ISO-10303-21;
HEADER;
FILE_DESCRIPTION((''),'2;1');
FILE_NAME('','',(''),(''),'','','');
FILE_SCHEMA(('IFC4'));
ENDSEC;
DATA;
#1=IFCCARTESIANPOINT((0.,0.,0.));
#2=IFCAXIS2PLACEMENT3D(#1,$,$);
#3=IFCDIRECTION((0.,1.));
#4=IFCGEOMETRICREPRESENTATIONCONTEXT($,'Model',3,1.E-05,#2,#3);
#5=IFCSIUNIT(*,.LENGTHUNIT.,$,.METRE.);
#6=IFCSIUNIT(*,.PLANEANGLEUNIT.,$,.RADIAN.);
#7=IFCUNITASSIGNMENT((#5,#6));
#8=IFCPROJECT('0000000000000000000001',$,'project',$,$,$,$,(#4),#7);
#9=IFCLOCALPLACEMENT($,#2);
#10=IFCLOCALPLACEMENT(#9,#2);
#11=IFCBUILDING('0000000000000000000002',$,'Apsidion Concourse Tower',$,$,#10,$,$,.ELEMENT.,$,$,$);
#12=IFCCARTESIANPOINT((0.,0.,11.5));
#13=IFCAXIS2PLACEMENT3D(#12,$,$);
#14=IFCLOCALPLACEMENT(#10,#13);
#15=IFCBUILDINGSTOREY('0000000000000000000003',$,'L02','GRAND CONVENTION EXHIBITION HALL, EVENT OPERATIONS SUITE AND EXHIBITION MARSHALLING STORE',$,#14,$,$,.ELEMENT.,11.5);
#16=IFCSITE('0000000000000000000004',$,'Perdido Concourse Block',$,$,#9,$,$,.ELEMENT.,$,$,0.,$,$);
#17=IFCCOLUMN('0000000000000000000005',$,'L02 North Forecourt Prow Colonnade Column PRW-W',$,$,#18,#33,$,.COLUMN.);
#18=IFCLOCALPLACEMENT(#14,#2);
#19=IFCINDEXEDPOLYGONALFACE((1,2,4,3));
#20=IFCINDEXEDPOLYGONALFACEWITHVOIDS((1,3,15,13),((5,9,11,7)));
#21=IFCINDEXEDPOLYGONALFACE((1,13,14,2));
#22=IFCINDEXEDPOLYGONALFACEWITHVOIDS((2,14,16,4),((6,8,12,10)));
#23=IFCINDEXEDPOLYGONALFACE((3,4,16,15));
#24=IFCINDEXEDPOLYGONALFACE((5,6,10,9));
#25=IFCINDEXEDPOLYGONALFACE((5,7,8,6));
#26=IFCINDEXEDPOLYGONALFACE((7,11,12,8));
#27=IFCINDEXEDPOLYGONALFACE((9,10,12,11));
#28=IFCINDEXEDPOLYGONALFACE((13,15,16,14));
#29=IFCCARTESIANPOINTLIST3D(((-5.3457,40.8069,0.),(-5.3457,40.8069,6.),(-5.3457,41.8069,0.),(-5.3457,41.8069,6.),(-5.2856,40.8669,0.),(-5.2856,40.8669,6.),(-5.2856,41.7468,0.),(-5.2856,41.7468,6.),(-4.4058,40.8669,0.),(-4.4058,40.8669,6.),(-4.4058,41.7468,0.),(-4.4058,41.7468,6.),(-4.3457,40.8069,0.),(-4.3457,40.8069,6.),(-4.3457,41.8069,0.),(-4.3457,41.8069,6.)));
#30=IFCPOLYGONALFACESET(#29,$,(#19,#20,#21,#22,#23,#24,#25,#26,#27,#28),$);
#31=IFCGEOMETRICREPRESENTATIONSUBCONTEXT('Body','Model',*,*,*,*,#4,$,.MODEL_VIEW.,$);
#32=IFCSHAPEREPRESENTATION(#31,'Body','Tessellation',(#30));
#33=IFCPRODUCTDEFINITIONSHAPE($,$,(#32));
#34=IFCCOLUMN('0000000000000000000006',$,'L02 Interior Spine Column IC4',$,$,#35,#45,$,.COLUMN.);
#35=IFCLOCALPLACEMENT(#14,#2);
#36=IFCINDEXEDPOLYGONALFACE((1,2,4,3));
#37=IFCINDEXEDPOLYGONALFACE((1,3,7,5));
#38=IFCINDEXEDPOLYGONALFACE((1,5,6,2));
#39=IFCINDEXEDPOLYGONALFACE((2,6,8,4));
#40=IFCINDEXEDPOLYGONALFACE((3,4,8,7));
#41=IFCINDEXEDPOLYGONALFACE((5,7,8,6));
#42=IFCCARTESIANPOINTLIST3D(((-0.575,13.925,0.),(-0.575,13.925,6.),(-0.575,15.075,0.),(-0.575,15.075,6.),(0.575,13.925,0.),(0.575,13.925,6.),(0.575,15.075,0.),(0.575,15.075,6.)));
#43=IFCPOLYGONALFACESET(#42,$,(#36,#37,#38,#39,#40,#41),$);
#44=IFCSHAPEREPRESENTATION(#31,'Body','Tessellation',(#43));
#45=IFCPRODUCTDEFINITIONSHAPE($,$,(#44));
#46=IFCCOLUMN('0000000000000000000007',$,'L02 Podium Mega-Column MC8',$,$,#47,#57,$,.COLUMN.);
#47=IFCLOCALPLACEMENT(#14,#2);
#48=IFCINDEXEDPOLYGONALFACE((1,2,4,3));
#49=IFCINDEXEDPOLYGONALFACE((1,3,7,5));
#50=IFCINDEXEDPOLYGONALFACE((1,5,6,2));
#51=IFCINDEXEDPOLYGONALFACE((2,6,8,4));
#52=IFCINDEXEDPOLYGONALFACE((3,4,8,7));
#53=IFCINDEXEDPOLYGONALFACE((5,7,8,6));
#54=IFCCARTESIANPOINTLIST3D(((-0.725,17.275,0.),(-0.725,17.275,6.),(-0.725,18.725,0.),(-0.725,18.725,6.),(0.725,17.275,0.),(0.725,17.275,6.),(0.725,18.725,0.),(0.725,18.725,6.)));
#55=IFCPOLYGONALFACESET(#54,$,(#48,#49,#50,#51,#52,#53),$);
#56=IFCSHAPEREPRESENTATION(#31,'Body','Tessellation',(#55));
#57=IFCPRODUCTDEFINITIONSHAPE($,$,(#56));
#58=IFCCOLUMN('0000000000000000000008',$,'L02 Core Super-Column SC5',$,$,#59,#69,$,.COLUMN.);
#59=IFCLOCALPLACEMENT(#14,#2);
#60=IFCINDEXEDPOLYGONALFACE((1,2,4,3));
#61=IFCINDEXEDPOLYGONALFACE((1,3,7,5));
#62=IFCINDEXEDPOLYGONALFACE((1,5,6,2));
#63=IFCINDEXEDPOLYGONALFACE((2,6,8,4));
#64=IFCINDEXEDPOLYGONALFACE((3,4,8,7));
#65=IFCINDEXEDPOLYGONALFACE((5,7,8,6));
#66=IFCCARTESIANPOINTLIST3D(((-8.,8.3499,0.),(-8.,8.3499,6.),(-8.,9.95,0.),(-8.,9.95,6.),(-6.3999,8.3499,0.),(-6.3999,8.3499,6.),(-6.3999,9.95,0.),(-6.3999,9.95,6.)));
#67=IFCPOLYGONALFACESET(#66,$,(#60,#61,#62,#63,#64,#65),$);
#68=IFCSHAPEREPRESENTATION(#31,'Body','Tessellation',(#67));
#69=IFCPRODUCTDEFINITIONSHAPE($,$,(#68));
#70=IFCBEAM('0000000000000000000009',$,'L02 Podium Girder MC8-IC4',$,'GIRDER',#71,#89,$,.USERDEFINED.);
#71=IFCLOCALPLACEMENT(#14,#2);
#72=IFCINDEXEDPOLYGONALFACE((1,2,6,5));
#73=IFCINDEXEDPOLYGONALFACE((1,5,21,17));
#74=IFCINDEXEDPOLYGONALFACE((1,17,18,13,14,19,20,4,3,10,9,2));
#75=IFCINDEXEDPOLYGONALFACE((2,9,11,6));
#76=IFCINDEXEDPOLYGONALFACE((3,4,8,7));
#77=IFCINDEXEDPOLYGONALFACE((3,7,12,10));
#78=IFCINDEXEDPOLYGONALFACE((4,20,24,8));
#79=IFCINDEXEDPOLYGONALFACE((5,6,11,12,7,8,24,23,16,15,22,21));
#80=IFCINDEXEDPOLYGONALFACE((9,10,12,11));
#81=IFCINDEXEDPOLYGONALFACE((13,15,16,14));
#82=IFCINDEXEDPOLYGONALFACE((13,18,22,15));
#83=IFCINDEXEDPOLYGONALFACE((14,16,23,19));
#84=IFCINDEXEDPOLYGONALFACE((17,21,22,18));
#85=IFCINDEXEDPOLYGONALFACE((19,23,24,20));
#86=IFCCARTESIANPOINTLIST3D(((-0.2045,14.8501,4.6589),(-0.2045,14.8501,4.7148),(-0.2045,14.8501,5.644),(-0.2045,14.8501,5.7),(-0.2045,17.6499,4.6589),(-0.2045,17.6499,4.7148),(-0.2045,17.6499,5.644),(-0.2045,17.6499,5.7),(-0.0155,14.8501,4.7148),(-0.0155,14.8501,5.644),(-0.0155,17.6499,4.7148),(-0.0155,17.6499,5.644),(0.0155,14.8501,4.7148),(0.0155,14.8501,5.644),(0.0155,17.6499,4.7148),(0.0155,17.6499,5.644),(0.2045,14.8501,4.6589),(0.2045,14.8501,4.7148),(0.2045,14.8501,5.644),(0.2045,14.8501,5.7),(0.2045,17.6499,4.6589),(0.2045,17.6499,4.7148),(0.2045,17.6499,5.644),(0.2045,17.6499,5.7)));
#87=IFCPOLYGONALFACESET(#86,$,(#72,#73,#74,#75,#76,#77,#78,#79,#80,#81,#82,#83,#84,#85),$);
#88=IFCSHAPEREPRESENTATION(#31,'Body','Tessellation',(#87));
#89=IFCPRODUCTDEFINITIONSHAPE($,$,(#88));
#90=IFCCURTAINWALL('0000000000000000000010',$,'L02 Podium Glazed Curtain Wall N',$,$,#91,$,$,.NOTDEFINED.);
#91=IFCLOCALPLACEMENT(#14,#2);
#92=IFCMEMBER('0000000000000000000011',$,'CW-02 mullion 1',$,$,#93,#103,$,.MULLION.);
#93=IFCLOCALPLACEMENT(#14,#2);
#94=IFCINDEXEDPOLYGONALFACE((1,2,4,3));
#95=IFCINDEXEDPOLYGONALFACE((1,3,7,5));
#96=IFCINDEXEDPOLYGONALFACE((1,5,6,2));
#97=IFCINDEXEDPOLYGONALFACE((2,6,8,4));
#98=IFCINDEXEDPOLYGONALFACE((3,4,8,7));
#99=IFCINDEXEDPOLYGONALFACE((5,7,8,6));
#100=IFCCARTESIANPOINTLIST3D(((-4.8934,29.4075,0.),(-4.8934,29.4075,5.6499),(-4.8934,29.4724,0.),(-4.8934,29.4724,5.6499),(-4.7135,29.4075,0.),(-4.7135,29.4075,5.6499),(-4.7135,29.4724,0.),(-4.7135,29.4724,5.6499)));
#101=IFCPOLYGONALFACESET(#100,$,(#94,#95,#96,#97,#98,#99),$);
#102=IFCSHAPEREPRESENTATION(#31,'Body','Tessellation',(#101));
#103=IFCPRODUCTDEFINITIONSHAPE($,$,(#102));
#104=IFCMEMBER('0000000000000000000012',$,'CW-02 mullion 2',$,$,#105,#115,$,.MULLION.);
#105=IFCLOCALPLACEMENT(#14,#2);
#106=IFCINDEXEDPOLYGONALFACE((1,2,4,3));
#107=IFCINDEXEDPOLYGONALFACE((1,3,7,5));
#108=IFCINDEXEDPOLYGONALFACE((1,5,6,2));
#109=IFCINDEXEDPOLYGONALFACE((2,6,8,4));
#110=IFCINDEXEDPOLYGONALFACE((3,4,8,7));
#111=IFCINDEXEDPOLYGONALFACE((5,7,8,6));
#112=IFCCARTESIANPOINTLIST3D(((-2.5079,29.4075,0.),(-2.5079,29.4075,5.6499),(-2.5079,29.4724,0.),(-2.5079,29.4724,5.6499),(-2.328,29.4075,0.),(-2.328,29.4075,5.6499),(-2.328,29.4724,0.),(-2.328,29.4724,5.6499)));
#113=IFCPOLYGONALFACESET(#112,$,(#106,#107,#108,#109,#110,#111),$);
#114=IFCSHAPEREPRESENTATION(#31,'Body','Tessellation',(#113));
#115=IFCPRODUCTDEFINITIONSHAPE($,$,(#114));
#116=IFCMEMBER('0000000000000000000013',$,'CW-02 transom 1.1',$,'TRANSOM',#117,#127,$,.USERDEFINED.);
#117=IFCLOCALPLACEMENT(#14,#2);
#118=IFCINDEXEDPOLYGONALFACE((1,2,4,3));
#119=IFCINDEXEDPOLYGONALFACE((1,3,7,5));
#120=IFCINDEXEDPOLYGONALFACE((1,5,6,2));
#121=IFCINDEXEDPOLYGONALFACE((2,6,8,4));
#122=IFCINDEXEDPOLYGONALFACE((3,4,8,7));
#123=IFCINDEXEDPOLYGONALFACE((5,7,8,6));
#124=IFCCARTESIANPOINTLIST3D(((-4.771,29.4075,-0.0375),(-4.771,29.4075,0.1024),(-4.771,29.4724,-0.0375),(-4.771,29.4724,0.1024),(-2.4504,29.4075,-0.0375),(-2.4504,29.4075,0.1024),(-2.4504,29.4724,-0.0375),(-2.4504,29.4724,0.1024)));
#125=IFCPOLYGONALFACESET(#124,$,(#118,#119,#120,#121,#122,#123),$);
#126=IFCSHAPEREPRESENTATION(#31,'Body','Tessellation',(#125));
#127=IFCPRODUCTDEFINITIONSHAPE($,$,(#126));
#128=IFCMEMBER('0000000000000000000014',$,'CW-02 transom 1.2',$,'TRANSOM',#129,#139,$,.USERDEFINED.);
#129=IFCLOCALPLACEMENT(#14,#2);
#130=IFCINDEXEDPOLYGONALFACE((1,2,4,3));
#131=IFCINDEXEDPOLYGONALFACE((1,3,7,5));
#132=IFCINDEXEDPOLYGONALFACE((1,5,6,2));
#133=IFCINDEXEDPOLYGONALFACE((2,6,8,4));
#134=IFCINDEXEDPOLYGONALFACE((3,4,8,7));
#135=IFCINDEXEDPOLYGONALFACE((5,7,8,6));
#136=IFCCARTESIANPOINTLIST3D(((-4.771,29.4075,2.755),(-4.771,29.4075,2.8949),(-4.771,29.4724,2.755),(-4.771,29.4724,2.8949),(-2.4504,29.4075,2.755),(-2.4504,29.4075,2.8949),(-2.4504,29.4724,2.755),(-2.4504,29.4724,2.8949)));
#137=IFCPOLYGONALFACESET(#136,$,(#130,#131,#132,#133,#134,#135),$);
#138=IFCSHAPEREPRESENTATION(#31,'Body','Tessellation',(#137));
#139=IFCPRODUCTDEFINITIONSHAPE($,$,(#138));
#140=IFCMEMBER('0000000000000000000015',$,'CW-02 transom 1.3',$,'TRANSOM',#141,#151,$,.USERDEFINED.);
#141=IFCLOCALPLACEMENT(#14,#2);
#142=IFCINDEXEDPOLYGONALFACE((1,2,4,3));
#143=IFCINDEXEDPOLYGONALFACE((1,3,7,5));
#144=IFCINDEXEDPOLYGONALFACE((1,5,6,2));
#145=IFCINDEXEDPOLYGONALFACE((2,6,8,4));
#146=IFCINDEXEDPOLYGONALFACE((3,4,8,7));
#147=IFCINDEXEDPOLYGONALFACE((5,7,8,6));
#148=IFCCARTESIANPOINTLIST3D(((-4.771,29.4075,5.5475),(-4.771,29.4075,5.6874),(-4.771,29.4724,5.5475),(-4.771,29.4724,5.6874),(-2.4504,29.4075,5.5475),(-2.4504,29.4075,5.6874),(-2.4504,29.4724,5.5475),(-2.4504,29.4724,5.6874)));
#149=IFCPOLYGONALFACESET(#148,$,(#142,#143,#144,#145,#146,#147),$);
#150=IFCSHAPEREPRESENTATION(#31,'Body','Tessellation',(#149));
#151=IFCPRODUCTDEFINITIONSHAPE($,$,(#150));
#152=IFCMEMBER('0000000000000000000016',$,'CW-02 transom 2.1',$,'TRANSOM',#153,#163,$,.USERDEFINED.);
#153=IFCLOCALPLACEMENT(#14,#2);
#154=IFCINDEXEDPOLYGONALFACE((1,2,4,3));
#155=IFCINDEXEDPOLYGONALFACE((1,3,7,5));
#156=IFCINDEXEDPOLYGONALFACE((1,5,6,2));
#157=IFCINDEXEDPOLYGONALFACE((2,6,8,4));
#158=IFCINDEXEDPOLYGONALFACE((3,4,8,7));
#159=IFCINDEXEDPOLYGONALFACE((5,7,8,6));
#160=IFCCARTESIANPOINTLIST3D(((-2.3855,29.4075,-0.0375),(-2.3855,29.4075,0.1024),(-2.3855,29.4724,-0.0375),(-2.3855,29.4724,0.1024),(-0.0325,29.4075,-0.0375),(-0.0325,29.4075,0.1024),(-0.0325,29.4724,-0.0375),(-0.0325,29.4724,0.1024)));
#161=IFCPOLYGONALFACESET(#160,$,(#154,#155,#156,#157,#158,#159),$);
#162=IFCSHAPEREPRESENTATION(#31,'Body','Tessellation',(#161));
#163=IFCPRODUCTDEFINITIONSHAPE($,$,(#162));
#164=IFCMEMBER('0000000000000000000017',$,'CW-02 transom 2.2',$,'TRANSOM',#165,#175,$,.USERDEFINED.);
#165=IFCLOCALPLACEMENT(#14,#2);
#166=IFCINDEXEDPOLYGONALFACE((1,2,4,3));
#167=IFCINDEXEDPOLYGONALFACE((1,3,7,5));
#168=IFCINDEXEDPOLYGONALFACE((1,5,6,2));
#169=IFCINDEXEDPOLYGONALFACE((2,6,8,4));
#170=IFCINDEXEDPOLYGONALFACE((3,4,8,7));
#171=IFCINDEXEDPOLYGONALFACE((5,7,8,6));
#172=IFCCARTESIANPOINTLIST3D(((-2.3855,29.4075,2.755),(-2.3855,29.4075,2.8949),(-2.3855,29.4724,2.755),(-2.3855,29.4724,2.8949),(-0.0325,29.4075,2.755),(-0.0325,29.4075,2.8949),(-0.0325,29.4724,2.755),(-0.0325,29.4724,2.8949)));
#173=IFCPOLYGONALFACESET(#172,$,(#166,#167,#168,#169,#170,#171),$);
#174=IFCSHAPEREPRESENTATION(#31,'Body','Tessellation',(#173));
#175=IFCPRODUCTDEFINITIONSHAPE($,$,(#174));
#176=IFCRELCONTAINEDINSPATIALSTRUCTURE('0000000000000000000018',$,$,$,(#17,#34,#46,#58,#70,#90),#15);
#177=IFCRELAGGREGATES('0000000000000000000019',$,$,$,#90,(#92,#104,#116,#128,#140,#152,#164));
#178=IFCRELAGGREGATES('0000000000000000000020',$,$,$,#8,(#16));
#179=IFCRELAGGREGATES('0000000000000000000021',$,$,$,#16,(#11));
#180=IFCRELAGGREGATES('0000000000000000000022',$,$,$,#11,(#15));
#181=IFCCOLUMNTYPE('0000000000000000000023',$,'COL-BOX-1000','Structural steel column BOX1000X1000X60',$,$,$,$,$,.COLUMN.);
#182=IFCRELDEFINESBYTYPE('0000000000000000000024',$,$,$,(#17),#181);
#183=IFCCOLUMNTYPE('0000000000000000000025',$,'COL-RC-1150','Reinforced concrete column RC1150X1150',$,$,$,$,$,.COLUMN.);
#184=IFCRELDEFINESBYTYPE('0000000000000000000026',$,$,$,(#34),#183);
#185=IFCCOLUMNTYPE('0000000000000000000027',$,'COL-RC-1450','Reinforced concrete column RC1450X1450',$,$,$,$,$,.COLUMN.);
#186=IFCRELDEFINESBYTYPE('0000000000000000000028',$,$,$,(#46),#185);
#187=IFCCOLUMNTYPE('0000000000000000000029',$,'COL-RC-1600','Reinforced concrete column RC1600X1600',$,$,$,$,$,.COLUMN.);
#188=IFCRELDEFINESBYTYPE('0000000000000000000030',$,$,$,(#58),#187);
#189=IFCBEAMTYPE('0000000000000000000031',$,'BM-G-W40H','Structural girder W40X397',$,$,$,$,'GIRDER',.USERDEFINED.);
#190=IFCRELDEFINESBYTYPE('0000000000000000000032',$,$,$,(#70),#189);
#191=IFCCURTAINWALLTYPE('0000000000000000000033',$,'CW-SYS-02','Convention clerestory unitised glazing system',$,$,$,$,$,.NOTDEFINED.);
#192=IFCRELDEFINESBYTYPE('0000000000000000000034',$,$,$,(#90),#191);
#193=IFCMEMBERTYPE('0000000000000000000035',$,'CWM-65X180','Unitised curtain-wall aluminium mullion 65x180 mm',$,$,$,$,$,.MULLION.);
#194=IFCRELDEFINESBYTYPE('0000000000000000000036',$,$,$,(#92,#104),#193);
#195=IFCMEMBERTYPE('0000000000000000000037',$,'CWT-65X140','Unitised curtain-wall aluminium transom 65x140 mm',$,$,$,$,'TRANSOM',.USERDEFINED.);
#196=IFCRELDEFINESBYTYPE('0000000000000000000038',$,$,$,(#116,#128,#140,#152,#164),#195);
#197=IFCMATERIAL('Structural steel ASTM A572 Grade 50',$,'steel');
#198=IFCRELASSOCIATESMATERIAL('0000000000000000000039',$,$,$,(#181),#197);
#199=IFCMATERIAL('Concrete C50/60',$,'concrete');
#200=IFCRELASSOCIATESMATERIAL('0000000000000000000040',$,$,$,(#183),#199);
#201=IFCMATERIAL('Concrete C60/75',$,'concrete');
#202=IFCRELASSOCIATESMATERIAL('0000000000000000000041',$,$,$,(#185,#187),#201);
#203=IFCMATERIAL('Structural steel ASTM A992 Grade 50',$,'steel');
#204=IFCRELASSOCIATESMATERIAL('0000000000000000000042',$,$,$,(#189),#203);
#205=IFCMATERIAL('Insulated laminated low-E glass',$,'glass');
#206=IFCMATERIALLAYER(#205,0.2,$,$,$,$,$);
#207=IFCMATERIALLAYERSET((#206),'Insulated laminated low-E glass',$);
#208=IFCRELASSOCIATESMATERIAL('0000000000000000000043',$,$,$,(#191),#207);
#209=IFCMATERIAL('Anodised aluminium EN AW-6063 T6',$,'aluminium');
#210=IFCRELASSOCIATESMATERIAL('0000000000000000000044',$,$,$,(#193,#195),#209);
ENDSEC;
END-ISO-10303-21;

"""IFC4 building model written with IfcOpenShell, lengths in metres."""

from ifc_helpers import new_model, si_unit, direction, frame, origin, origin_2d, place, context, subcontext, project, spatial, rectangle, hollow_rectangle, i_section, extrude, material, layer, layer_set, material_profile, profile_set, type_object, element, aggregate, save


model = new_model("IFC4")

# Units and contexts
model_context = context("Model", 3, precision=1e-05, world=origin(), true_north=direction((0.0, 1.0)))
body_context = subcontext(model_context, "Body", "Model", "MODEL_VIEW")
ifc_project = project(units=[si_unit("LENGTHUNIT", "METRE"), si_unit("PLANEANGLEUNIT", "RADIAN")], contexts=[model_context])

# Site, building, storey
site_placement = place(None, origin())
site = spatial("IfcSite", under=ifc_project, at=site_placement, Name="Perdido Concourse Block", CompositionType="ELEMENT", RefElevation=0.0)
building_placement = place(site_placement, origin())
building = spatial("IfcBuilding", under=site, at=building_placement, Name="Apsidion Concourse Tower", CompositionType="ELEMENT")
storey_placement = place(building_placement, frame((0.0, 0.0, 11.5)))
storey = spatial("IfcBuildingStorey", under=building, at=storey_placement, Name="L02", Description="GRAND CONVENTION EXHIBITION HALL, EVENT OPERATIONS SUITE AND EXHIBITION MARSHALLING STORE", CompositionType="ELEMENT", Elevation=11.5)

# Columns
ifc_material_1 = material(Name="Structural steel ASTM A572 Grade 50", Category="steel")
ifc_material_profile_1 = material_profile(ifc_material_1, hollow_rectangle(XDim=1.0, YDim=1.0, WallThickness=0.0601, at=origin_2d()), Name="BOX1000X1000X60")
ifc_profile_set_1 = profile_set([ifc_material_profile_1], Name="Structural steel ASTM A572 Grade 50")
column_type_1 = type_object("IfcColumnType", Name="COL-BOX-1000", Description="Structural steel column BOX1000X1000X60", PredefinedType="COLUMN", material=ifc_profile_set_1)
column_1_placement = place(storey_placement, frame((-4.8457, 41.3069, 0.0), z_axis=(0.0, 0.0, 1.0), x_axis=(1.0, 0.0, 0.0)))
element("IfcColumn", 1, at=column_1_placement, inside=storey, type_object=column_type_1, Name="L02 North Forecourt Prow Colonnade Column PRW-W", PredefinedType="COLUMN", context=body_context, shape_type="SweptSolid", body=[
    extrude(hollow_rectangle(XDim=1.0, YDim=1.0, WallThickness=0.0601, at=origin_2d()), origin(), (0.0, 0.0, 1.0), 6.0),
])
ifc_material_2 = material(Name="Concrete C50/60", Category="concrete")
ifc_material_profile_2 = material_profile(ifc_material_2, rectangle(XDim=1.1499, YDim=1.1499, at=origin_2d()), Name="RC 1150x1150")
ifc_profile_set_2 = profile_set([ifc_material_profile_2], Name="Concrete C50/60")
column_type_2 = type_object("IfcColumnType", Name="COL-RC-1150", Description="Reinforced concrete column RC1150X1150", PredefinedType="COLUMN", material=ifc_profile_set_2)
column_2_placement = place(storey_placement, frame((0.0, 14.5, 0.0), z_axis=(0.0, 0.0, 1.0), x_axis=(1.0, 0.0, 0.0)))
element("IfcColumn", 2, at=column_2_placement, inside=storey, type_object=column_type_2, Name="L02 Interior Spine Column IC4", PredefinedType="COLUMN", context=body_context, shape_type="SweptSolid", body=[
    extrude(rectangle(XDim=1.1499, YDim=1.1499, at=origin_2d()), origin(), (0.0, 0.0, 1.0), 6.0),
])
ifc_material_3 = material(Name="Concrete C60/75", Category="concrete")
ifc_material_profile_3 = material_profile(ifc_material_3, rectangle(XDim=1.45, YDim=1.45, at=origin_2d()), Name="RC 1450x1450")
ifc_profile_set_3 = profile_set([ifc_material_profile_3], Name="Concrete C60/75")
column_type_3 = type_object("IfcColumnType", Name="COL-RC-1450", Description="Reinforced concrete column RC1450X1450", PredefinedType="COLUMN", material=ifc_profile_set_3)
column_3_placement = place(storey_placement, frame((0.0, 18.0, 0.0), z_axis=(0.0, 0.0, 1.0), x_axis=(1.0, 0.0, 0.0)))
element("IfcColumn", 3, at=column_3_placement, inside=storey, type_object=column_type_3, Name="L02 Podium Mega-Column MC8", PredefinedType="COLUMN", context=body_context, shape_type="SweptSolid", body=[
    extrude(rectangle(XDim=1.45, YDim=1.45, at=origin_2d()), origin(), (0.0, 0.0, 1.0), 6.0),
])
ifc_material_profile_4 = material_profile(ifc_material_3, rectangle(XDim=1.6001, YDim=1.6001, at=origin_2d()), Name="RC 1600x1600")
ifc_profile_set_4 = profile_set([ifc_material_profile_4], Name="Concrete C60/75")
column_type_4 = type_object("IfcColumnType", Name="COL-RC-1600", Description="Reinforced concrete column RC1600X1600", PredefinedType="COLUMN", material=ifc_profile_set_4)
column_4_placement = place(storey_placement, frame((-7.2, 9.1499, 0.0), z_axis=(0.0, 0.0, 1.0), x_axis=(1.0, 0.0, 0.0)))
element("IfcColumn", 4, at=column_4_placement, inside=storey, type_object=column_type_4, Name="L02 Core Super-Column SC5", PredefinedType="COLUMN", context=body_context, shape_type="SweptSolid", body=[
    extrude(rectangle(XDim=1.6001, YDim=1.6001, at=origin_2d()), origin(), (0.0, 0.0, 1.0), 6.0),
])

# Beam
ifc_material_4 = material(Name="Structural steel ASTM A992 Grade 50", Category="steel")
ifc_material_profile_5 = material_profile(ifc_material_4, i_section(OverallWidth=0.4089, OverallDepth=1.041, WebThickness=0.031, FlangeThickness=0.0559, at=origin_2d()), Name="W40X397")
ifc_profile_set_5 = profile_set([ifc_material_profile_5], Name="Structural steel ASTM A992 Grade 50")
beam_type = type_object("IfcBeamType", Name="BM-G-W40H", Description="Structural girder W40X397", ElementType="GIRDER", PredefinedType="USERDEFINED", material=ifc_profile_set_5)
beam_placement = place(storey_placement, frame((0.0, 17.6499, 5.1794), z_axis=(0.0, -1.0, 0.0), x_axis=(1.0, 0.0, 0.0)))
element("IfcBeam", 5, at=beam_placement, inside=storey, type_object=beam_type, Name="L02 Podium Girder MC8-IC4", ObjectType="GIRDER", PredefinedType="USERDEFINED", context=body_context, shape_type="SweptSolid", body=[
    extrude(i_section(OverallWidth=0.4089, OverallDepth=1.041, WebThickness=0.031, FlangeThickness=0.0559, at=origin_2d()), origin(), (0.0, 0.0, 1.0), 2.7998),
])

# Curtain wall, members
ifc_material_5 = material(Name="Insulated laminated low-E glass", Category="glass")
ifc_layer_1 = layer(ifc_material_5, 0.2)
ifc_layer_set_1 = layer_set([ifc_layer_1], Name="Insulated laminated low-E glass")
curtain_wall_type = type_object("IfcCurtainWallType", Name="CW-SYS-02", Description="Convention clerestory unitised glazing system", PredefinedType="NOTDEFINED", material=ifc_layer_set_1)
curtain_wall_placement = place(storey_placement, origin())
curtain_wall = element("IfcCurtainWall", 6, at=curtain_wall_placement, inside=storey, type_object=curtain_wall_type, Name="L02 Podium Glazed Curtain Wall N", PredefinedType="NOTDEFINED")
ifc_material_6 = material(Name="Anodised aluminium EN AW-6063 T6", Category="aluminium")
ifc_material_profile_6 = material_profile(ifc_material_6, rectangle(XDim=0.0649, YDim=0.1799, at=origin_2d()), Name="ALU MULLION 65x180")
ifc_profile_set_6 = profile_set([ifc_material_profile_6], Name="Anodised aluminium EN AW-6063 T6")
member_type_1 = type_object("IfcMemberType", Name="CWM-65X180", Description="Unitised curtain-wall aluminium mullion 65x180 mm", PredefinedType="MULLION", material=ifc_profile_set_6)
member_1_placement = place(storey_placement, frame((-4.8035, 29.4399, 0.0), z_axis=(0.0, 0.0, 1.0), x_axis=(0.0, 1.0, 0.0)))
member_1 = element("IfcMember", 7, at=member_1_placement, type_object=member_type_1, Name="CW-02 mullion 1", PredefinedType="MULLION", context=body_context, shape_type="SweptSolid", body=[
    extrude(rectangle(XDim=0.0649, YDim=0.1799, at=origin_2d()), origin(), (0.0, 0.0, 1.0), 5.6499),
])
member_2_placement = place(storey_placement, frame((-2.418, 29.4399, 0.0), z_axis=(0.0, 0.0, 1.0), x_axis=(0.0, 1.0, 0.0)))
member_2 = element("IfcMember", 8, at=member_2_placement, type_object=member_type_1, Name="CW-02 mullion 2", PredefinedType="MULLION", context=body_context, shape_type="SweptSolid", body=[
    extrude(rectangle(XDim=0.0649, YDim=0.1799, at=origin_2d()), origin(), (0.0, 0.0, 1.0), 5.6499),
])
ifc_material_profile_7 = material_profile(ifc_material_6, rectangle(XDim=0.0649, YDim=0.1399, at=origin_2d()), Name="ALU TRANSOM 65x140")
ifc_profile_set_7 = profile_set([ifc_material_profile_7], Name="Anodised aluminium EN AW-6063 T6")
member_type_2 = type_object("IfcMemberType", Name="CWT-65X140", Description="Unitised curtain-wall aluminium transom 65x140 mm", ElementType="TRANSOM", PredefinedType="USERDEFINED", material=ifc_profile_set_7)
member_3_placement = place(storey_placement, frame((-4.771, 29.4399, 0.0325), z_axis=(1.0, 0.0, 0.0), x_axis=(0.0, 1.0, 0.0)))
member_3 = element("IfcMember", 9, at=member_3_placement, type_object=member_type_2, Name="CW-02 transom 1.1", ObjectType="TRANSOM", PredefinedType="USERDEFINED", context=body_context, shape_type="SweptSolid", body=[
    extrude(rectangle(XDim=0.0649, YDim=0.1399, at=origin_2d()), origin(), (0.0, 0.0, 1.0), 2.3206),
])
member_4_placement = place(storey_placement, frame((-4.771, 29.4399, 2.825), z_axis=(1.0, 0.0, 0.0), x_axis=(0.0, 1.0, 0.0)))
member_4 = element("IfcMember", 10, at=member_4_placement, type_object=member_type_2, Name="CW-02 transom 1.2", ObjectType="TRANSOM", PredefinedType="USERDEFINED", context=body_context, shape_type="SweptSolid", body=[
    extrude(rectangle(XDim=0.0649, YDim=0.1399, at=origin_2d()), origin(), (0.0, 0.0, 1.0), 2.3206),
])
member_5_placement = place(storey_placement, frame((-4.771, 29.4399, 5.6174), z_axis=(1.0, 0.0, 0.0), x_axis=(0.0, 1.0, 0.0)))
member_5 = element("IfcMember", 11, at=member_5_placement, type_object=member_type_2, Name="CW-02 transom 1.3", ObjectType="TRANSOM", PredefinedType="USERDEFINED", context=body_context, shape_type="SweptSolid", body=[
    extrude(rectangle(XDim=0.0649, YDim=0.1399, at=origin_2d()), origin(), (0.0, 0.0, 1.0), 2.3206),
])
member_6_placement = place(storey_placement, frame((-2.3855, 29.4399, 0.0325), z_axis=(1.0, 0.0, 0.0), x_axis=(0.0, 1.0, 0.0)))
member_6 = element("IfcMember", 12, at=member_6_placement, type_object=member_type_2, Name="CW-02 transom 2.1", ObjectType="TRANSOM", PredefinedType="USERDEFINED", context=body_context, shape_type="SweptSolid", body=[
    extrude(rectangle(XDim=0.0649, YDim=0.1399, at=origin_2d()), origin(), (0.0, 0.0, 1.0), 2.353),
])
member_7_placement = place(storey_placement, frame((-2.3855, 29.4399, 2.825), z_axis=(1.0, 0.0, 0.0), x_axis=(0.0, 1.0, 0.0)))
member_7 = element("IfcMember", 13, at=member_7_placement, type_object=member_type_2, Name="CW-02 transom 2.2", ObjectType="TRANSOM", PredefinedType="USERDEFINED", context=body_context, shape_type="SweptSolid", body=[
    extrude(rectangle(XDim=0.0649, YDim=0.1399, at=origin_2d()), origin(), (0.0, 0.0, 1.0), 2.353),
])
aggregate(curtain_wall, [member_1, member_2, member_3, member_4, member_5, member_6, member_7])

save(model, "model.ifc")
